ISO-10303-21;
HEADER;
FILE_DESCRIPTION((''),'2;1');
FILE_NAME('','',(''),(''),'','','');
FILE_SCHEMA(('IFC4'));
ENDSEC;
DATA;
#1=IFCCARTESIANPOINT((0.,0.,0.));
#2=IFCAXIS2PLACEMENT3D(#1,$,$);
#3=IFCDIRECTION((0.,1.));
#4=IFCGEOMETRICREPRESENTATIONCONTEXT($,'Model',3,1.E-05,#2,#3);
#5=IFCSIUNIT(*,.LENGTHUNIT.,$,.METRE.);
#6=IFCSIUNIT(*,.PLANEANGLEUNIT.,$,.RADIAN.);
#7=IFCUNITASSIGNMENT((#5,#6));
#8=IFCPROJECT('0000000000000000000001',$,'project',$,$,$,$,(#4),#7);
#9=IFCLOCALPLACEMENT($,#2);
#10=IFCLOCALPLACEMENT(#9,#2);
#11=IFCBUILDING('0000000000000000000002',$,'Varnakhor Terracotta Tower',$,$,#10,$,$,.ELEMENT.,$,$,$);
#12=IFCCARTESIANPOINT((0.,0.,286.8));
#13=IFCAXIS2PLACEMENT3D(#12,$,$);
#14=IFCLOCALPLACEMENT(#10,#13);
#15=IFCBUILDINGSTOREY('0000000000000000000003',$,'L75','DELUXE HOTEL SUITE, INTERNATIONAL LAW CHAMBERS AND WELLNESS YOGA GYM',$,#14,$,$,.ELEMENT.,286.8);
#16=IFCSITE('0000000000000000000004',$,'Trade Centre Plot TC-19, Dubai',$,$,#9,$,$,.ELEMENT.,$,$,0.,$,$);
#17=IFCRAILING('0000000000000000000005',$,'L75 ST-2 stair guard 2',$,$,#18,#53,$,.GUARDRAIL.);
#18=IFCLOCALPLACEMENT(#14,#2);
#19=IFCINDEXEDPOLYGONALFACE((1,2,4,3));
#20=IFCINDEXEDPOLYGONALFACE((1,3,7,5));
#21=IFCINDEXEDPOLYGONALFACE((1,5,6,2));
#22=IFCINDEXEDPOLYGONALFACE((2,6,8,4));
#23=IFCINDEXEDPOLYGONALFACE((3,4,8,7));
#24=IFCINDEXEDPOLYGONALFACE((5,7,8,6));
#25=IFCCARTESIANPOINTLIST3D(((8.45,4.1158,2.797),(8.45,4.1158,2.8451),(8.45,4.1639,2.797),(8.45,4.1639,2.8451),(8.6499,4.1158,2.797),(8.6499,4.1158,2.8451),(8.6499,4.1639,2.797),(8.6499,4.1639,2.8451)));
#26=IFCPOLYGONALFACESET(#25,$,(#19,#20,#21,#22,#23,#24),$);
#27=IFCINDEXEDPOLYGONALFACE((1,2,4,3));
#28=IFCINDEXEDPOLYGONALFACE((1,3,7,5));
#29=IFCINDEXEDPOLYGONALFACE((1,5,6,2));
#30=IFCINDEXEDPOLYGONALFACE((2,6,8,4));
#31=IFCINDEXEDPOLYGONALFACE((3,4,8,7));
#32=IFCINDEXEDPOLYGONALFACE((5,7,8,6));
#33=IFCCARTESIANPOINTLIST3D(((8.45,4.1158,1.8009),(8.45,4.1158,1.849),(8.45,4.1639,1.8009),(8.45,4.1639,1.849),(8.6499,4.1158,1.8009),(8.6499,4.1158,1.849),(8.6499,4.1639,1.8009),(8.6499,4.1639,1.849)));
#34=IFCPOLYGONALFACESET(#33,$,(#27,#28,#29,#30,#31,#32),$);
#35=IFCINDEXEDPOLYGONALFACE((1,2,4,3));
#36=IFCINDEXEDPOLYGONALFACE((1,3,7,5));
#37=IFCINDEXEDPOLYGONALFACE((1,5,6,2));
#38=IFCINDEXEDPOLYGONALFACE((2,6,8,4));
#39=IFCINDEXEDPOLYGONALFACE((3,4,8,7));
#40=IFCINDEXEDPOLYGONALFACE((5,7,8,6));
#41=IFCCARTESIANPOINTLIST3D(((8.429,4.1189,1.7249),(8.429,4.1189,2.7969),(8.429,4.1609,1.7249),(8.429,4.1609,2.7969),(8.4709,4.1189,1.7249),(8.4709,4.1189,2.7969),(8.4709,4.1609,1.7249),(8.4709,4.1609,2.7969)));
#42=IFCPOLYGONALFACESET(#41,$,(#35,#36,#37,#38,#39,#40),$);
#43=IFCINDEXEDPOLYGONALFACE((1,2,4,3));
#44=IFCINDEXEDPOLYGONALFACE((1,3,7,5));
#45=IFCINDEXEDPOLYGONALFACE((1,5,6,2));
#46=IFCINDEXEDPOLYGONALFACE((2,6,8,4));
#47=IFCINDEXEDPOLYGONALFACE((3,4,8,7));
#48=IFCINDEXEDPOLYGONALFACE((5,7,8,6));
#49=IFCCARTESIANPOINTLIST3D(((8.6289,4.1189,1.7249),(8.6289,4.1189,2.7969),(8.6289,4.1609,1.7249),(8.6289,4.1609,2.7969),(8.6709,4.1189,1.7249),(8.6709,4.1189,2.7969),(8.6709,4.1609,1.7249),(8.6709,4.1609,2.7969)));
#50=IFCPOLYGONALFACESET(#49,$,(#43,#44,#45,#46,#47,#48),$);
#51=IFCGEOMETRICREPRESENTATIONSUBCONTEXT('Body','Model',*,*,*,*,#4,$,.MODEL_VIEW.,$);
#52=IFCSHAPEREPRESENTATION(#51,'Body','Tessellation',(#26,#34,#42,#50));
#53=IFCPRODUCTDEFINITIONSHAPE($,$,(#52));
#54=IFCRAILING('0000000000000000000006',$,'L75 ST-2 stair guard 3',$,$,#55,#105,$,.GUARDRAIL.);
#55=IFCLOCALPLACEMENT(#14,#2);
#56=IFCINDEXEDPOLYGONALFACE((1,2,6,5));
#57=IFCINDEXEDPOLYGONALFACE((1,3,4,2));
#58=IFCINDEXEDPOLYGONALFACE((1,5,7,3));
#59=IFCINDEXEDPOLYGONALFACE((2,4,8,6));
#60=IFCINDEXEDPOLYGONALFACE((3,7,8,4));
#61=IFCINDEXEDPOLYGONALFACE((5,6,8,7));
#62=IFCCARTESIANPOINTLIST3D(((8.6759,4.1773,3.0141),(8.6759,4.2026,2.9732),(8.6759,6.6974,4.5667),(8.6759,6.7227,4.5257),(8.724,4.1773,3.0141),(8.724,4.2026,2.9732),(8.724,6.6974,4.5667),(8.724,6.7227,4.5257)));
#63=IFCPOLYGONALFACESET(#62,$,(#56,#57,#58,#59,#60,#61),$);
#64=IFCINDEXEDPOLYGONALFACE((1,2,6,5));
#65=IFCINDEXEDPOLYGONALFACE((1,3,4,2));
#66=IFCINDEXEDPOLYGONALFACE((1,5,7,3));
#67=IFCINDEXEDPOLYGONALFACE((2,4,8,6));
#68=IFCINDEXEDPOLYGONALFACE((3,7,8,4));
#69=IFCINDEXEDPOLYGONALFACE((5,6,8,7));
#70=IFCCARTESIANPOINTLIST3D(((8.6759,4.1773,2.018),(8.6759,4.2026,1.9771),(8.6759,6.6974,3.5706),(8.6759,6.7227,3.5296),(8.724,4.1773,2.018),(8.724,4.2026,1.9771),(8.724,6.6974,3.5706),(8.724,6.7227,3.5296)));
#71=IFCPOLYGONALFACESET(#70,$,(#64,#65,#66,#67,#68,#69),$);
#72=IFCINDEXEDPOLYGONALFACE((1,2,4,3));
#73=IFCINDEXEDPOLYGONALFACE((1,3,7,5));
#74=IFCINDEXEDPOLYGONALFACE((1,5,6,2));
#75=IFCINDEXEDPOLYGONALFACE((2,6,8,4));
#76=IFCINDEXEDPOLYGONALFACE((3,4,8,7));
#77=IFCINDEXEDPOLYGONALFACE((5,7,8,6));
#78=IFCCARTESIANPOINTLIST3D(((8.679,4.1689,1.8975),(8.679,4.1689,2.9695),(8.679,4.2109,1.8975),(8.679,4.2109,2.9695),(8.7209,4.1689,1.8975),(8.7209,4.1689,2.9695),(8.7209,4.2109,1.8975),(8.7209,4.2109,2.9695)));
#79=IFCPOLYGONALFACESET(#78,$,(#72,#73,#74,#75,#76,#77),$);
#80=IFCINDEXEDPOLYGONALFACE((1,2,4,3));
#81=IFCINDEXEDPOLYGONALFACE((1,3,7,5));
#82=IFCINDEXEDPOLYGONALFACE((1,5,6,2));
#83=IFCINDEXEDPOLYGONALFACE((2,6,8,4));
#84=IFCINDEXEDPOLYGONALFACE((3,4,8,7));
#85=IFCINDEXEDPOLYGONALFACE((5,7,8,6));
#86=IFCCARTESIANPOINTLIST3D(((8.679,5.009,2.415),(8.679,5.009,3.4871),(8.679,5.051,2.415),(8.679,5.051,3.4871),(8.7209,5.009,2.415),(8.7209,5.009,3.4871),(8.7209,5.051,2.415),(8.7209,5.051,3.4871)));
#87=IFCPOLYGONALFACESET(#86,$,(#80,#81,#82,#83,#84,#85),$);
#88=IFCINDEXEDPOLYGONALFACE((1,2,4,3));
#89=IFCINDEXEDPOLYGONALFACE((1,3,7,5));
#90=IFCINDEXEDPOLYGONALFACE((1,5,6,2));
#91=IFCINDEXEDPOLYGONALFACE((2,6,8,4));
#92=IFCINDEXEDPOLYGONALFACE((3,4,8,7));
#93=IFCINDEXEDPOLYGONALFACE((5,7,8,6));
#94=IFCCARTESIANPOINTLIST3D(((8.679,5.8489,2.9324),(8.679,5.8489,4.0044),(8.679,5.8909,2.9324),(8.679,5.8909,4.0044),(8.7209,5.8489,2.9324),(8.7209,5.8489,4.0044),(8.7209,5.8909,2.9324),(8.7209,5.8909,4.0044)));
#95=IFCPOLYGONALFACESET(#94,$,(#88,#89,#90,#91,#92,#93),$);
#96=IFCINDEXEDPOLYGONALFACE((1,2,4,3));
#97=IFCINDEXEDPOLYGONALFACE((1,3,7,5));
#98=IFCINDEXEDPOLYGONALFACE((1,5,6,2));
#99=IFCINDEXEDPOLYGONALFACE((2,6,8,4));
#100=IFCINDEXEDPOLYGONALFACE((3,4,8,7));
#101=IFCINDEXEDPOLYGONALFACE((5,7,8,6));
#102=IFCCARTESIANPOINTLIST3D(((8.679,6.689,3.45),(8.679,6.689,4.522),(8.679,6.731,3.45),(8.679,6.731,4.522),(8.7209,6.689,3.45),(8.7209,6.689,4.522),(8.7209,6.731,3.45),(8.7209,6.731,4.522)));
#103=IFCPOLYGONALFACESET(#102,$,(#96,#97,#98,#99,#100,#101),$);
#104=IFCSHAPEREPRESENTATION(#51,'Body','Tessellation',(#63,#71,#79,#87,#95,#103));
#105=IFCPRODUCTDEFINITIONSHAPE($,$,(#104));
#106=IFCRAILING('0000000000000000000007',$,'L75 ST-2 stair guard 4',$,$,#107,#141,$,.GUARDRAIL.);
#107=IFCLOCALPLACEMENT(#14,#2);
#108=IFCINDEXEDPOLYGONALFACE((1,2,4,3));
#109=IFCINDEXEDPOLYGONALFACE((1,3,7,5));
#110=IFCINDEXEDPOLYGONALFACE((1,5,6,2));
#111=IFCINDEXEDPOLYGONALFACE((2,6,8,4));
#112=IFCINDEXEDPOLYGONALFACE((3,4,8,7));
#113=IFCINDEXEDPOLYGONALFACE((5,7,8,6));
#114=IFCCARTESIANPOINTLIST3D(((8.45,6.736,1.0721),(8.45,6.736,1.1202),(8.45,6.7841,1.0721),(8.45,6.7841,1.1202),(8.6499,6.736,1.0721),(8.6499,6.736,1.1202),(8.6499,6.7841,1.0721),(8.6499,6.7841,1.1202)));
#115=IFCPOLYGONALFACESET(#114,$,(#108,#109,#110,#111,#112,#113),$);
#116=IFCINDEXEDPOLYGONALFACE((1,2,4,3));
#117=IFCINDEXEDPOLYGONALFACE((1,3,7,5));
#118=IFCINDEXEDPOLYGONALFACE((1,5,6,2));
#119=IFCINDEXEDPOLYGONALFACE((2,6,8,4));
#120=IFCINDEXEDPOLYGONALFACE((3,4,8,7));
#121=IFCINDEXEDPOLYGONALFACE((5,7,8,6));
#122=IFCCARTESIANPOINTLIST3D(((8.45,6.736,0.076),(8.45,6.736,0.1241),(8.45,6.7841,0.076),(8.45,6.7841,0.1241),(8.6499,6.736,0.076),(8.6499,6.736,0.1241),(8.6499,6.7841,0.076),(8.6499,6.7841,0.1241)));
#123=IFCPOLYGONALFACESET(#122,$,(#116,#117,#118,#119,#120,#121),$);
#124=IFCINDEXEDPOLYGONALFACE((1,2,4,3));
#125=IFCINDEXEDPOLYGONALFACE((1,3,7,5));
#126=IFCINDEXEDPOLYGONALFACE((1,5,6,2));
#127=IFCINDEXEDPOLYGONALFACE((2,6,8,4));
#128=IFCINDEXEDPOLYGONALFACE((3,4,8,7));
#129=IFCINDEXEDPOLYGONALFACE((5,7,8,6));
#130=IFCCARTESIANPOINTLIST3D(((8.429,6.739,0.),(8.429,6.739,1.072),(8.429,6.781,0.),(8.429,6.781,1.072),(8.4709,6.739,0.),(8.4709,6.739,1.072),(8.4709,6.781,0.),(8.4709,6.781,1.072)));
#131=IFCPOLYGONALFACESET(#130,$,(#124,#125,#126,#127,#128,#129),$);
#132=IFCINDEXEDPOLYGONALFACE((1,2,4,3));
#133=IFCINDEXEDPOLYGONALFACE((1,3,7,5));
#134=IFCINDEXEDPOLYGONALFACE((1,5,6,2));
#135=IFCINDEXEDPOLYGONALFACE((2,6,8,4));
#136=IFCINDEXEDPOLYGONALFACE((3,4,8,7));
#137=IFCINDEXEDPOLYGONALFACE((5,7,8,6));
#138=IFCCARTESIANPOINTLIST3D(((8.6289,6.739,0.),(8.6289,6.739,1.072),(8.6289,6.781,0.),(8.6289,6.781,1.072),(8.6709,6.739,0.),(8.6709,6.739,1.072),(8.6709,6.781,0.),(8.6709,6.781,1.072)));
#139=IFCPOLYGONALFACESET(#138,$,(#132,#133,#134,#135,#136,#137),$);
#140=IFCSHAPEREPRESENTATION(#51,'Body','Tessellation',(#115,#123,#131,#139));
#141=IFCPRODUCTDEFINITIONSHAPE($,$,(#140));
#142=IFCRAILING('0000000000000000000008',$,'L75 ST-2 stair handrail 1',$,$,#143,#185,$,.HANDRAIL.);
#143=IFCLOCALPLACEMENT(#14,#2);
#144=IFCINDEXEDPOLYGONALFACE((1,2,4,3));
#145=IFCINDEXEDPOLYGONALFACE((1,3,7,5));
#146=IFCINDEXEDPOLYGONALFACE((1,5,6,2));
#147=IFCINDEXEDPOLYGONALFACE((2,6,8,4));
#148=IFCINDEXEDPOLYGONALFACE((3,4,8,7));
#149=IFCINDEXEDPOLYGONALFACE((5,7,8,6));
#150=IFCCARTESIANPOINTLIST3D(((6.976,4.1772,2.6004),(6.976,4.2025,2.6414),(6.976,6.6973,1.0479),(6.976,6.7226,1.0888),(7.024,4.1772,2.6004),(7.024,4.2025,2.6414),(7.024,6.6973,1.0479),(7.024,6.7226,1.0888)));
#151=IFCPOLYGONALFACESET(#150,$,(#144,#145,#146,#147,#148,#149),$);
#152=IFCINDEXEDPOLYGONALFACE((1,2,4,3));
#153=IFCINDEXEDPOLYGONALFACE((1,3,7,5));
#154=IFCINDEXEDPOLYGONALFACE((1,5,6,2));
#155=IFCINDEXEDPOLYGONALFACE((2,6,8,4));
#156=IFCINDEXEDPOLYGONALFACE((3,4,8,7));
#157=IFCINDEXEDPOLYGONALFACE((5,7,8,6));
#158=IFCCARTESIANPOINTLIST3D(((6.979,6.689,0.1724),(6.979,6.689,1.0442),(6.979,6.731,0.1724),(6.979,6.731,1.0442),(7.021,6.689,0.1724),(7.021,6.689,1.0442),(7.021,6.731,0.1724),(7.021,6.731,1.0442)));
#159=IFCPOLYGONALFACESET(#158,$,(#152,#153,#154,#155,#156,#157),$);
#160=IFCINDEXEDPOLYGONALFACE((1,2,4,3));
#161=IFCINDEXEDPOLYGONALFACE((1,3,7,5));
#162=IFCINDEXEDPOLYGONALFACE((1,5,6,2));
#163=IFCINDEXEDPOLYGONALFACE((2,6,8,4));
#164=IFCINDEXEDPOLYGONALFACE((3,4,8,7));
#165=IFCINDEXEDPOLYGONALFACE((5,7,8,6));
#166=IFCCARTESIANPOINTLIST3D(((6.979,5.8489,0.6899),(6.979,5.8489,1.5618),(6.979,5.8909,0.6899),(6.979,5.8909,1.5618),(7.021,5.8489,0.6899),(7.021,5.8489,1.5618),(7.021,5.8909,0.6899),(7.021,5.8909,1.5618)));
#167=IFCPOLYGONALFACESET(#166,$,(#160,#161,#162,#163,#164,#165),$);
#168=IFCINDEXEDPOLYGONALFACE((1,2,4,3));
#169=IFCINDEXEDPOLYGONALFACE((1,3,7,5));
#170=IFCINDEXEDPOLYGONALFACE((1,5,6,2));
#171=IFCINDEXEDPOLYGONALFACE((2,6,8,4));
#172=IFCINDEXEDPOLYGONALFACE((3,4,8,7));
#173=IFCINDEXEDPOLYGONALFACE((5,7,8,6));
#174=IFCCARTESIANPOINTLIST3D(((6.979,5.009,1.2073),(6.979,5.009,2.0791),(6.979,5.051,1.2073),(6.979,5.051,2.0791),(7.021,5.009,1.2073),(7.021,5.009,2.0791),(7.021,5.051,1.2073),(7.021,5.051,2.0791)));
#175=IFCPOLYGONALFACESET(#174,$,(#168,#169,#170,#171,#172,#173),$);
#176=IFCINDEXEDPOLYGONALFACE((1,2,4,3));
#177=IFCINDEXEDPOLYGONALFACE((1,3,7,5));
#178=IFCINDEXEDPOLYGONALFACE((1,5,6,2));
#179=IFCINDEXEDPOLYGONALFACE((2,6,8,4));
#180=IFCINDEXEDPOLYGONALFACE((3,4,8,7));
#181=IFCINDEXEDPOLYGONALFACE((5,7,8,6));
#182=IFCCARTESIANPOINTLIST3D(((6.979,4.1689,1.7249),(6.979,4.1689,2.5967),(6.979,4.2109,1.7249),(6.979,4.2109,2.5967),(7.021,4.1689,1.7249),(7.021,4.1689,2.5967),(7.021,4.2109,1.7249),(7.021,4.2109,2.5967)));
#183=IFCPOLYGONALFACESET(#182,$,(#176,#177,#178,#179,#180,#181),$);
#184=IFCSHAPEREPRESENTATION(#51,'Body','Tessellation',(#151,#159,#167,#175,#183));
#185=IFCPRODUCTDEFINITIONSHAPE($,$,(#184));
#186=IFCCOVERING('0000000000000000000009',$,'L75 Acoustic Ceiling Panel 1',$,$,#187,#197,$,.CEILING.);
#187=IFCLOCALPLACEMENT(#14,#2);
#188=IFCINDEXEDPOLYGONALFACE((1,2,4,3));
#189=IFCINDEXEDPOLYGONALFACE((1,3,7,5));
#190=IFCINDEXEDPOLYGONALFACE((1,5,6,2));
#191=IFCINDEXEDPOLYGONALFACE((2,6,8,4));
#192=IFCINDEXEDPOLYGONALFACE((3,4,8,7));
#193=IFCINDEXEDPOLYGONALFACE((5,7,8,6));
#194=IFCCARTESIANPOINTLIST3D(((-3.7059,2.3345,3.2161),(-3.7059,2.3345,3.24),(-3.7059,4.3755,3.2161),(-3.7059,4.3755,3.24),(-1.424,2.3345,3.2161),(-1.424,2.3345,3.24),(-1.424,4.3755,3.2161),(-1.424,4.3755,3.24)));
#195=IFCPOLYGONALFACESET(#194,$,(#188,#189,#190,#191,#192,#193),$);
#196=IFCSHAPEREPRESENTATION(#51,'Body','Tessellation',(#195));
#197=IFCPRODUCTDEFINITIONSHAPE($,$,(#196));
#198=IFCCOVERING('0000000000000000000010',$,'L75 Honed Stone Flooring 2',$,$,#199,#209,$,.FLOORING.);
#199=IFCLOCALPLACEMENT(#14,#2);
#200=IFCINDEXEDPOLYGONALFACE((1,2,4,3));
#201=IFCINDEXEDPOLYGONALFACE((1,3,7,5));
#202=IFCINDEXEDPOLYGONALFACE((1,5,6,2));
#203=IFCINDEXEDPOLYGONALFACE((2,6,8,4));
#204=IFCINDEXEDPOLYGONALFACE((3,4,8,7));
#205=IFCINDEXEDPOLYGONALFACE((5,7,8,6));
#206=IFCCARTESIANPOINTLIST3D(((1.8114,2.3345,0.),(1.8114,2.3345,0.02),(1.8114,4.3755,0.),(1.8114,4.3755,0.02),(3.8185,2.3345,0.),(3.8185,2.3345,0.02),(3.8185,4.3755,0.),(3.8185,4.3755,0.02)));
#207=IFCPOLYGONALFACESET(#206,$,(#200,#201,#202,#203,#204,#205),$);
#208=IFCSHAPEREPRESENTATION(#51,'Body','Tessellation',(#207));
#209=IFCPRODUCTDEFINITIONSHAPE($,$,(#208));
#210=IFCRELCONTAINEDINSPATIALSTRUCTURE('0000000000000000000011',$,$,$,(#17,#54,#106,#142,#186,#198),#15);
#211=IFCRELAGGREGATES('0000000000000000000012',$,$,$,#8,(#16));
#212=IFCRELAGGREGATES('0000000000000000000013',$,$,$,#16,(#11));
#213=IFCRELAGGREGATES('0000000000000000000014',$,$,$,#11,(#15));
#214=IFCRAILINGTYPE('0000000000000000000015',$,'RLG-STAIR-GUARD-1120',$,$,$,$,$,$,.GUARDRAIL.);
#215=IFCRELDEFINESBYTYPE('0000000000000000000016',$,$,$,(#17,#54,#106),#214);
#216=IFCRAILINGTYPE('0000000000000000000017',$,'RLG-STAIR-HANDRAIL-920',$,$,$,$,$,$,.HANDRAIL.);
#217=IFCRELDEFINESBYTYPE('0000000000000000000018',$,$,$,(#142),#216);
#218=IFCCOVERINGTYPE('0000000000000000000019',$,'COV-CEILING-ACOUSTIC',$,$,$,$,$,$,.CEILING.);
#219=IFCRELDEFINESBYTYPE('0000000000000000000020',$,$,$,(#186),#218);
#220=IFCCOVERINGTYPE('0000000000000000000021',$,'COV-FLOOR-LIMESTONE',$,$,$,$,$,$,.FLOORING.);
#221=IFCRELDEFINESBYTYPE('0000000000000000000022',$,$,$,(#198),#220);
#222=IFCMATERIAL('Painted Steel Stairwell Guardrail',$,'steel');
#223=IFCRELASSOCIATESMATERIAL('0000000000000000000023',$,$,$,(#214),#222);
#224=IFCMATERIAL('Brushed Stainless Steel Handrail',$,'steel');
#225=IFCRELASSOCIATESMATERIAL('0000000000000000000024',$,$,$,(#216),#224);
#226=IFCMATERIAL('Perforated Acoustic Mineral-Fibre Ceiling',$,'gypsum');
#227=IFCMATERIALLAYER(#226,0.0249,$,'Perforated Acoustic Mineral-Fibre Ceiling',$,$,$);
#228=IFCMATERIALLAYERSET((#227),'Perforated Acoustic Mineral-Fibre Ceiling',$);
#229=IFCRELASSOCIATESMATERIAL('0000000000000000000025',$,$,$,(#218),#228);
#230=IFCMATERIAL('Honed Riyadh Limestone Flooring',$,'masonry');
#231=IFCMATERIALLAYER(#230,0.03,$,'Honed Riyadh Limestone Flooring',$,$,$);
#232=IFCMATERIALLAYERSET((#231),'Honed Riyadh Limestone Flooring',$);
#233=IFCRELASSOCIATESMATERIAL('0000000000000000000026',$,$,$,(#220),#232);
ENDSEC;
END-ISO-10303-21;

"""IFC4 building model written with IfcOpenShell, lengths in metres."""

from ifc_helpers import new_model, si_unit, direction, frame, origin, origin_2d, place, context, subcontext, project, spatial, rectangle, extrude, source, transform, mapped, material, layer, layer_set, type_object, element, save


model = new_model("IFC4")

# Units and contexts
model_context = context("Model", 3, precision=1e-05, world=origin(), true_north=direction((0.0, 1.0)))
body_context = subcontext(model_context, "Body", "Model", "MODEL_VIEW")
ifc_project = project(units=[si_unit("LENGTHUNIT", "METRE"), si_unit("PLANEANGLEUNIT", "RADIAN")], contexts=[model_context])

# Site, building, storey
site_placement = place(None, origin())
site = spatial("IfcSite", under=ifc_project, at=site_placement, Name="Trade Centre Plot TC-19, Dubai", CompositionType="ELEMENT", RefElevation=0.0)
building_placement = place(site_placement, origin())
building = spatial("IfcBuilding", under=site, at=building_placement, Name="Varnakhor Terracotta Tower", CompositionType="ELEMENT")
storey_placement = place(building_placement, frame((0.0, 0.0, 286.8)))
storey = spatial("IfcBuildingStorey", under=building, at=storey_placement, Name="L75", Description="DELUXE HOTEL SUITE, INTERNATIONAL LAW CHAMBERS AND WELLNESS YOGA GYM", CompositionType="ELEMENT", Elevation=286.8)

# Railings
ifc_material_1 = material(Name="Painted Steel Stairwell Guardrail", Category="steel")
railing_type_1 = type_object("IfcRailingType", Name="RLG-STAIR-GUARD-1120", PredefinedType="GUARDRAIL", material=ifc_material_1)
railing_1_placement = place(storey_placement, frame((8.45, 4.1399, 1.7249)))
element("IfcRailing", 1, at=railing_1_placement, inside=storey, type_object=railing_type_1, Name="L75 ST-2 stair guard 2", PredefinedType="GUARDRAIL", context=body_context, shape_type="SweptSolid", body=[
    extrude(rectangle(XDim=0.0481, YDim=0.0481, at=origin_2d()), frame((0.0, 0.0, 1.0962), z_axis=(1.0, 0.0, 0.0), x_axis=(0.0, 1.0, 0.0)), (0.0, 0.0, 1.0), 0.2),
    extrude(rectangle(XDim=0.0481, YDim=0.0481, at=origin_2d()), frame((0.0, 0.0, 0.1001), z_axis=(1.0, 0.0, 0.0), x_axis=(0.0, 1.0, 0.0)), (0.0, 0.0, 1.0), 0.2),
    extrude(rectangle(XDim=0.042, YDim=0.042, at=origin_2d()), origin(), (0.0, 0.0, 1.0), 1.072),
    extrude(rectangle(XDim=0.042, YDim=0.042, at=origin_2d()), frame((0.2, 0.0, 0.0)), (0.0, 0.0, 1.0), 1.072),
])
railing_2_placement = place(storey_placement, frame((8.7, 4.1899, 1.8975)))
element("IfcRailing", 2, at=railing_2_placement, inside=storey, type_object=railing_type_1, Name="L75 ST-2 stair guard 3", PredefinedType="GUARDRAIL", context=body_context, shape_type="SweptSolid", body=[
    extrude(rectangle(XDim=0.0481, YDim=0.0481, at=origin_2d()), frame((0.0, 0.0, 1.0962), z_axis=(0.0, 0.8514, 0.524516), x_axis=(-1.0, 0.0, 0.0)), (0.0, 0.0, 1.0), 2.96),
    extrude(rectangle(XDim=0.0481, YDim=0.0481, at=origin_2d()), frame((0.0, 0.0, 0.1001), z_axis=(0.0, 0.8514, 0.524516), x_axis=(-1.0, 0.0, 0.0)), (0.0, 0.0, 1.0), 2.96),
    extrude(rectangle(XDim=0.042, YDim=0.042, at=origin_2d()), origin(), (0.0, 0.0, 1.0), 1.072),
    extrude(rectangle(XDim=0.042, YDim=0.042, at=origin_2d()), frame((0.0, 0.8401, 0.5176)), (0.0, 0.0, 1.0), 1.072),
    extrude(rectangle(XDim=0.042, YDim=0.042, at=origin_2d()), frame((0.0, 1.6799, 1.0349)), (0.0, 0.0, 1.0), 1.072),
    extrude(rectangle(XDim=0.042, YDim=0.042, at=origin_2d()), frame((0.0, 2.52, 1.5525)), (0.0, 0.0, 1.0), 1.072),
])
railing_3_placement = place(storey_placement, frame((8.45, 6.76, 0.0)))
element("IfcRailing", 3, at=railing_3_placement, inside=storey, type_object=railing_type_1, Name="L75 ST-2 stair guard 4", PredefinedType="GUARDRAIL", context=body_context, shape_type="SweptSolid", body=[
    extrude(rectangle(XDim=0.0481, YDim=0.0481, at=origin_2d()), frame((0.0, 0.0, 1.0962), z_axis=(1.0, 0.0, 0.0), x_axis=(0.0, 1.0, 0.0)), (0.0, 0.0, 1.0), 0.2),
    extrude(rectangle(XDim=0.0481, YDim=0.0481, at=origin_2d()), frame((0.0, 0.0, 0.1001), z_axis=(1.0, 0.0, 0.0), x_axis=(0.0, 1.0, 0.0)), (0.0, 0.0, 1.0), 0.2),
    extrude(rectangle(XDim=0.042, YDim=0.042, at=origin_2d()), origin(), (0.0, 0.0, 1.0), 1.072),
    extrude(rectangle(XDim=0.042, YDim=0.042, at=origin_2d()), frame((0.2, 0.0, 0.0)), (0.0, 0.0, 1.0), 1.072),
])
ifc_material_2 = material(Name="Brushed Stainless Steel Handrail", Category="steel")
railing_type_2 = type_object("IfcRailingType", Name="RLG-STAIR-HANDRAIL-920", PredefinedType="HANDRAIL", material=ifc_material_2)
railing_4_placement = place(storey_placement, frame((7.0, 6.71, 0.1724)))
element("IfcRailing", 4, at=railing_4_placement, inside=storey, type_object=railing_type_2, Name="L75 ST-2 stair handrail 1", PredefinedType="HANDRAIL", context=body_context, shape_type="SweptSolid", body=[
    extrude(rectangle(XDim=0.0481, YDim=0.0481, at=origin_2d()), frame((0.0, 0.0, 0.896), z_axis=(0.0, -0.8514, 0.524516), x_axis=(1.0, 0.0, 0.0)), (0.0, 0.0, 1.0), 2.96),
    extrude(rectangle(XDim=0.042, YDim=0.042, at=origin_2d()), origin(), (0.0, 0.0, 1.0), 0.8718),
    extrude(rectangle(XDim=0.042, YDim=0.042, at=origin_2d()), frame((0.0, -0.8401, 0.5176)), (0.0, 0.0, 1.0), 0.8718),
    extrude(rectangle(XDim=0.042, YDim=0.042, at=origin_2d()), frame((0.0, -1.6799, 1.0349)), (0.0, 0.0, 1.0), 0.8718),
    extrude(rectangle(XDim=0.042, YDim=0.042, at=origin_2d()), frame((0.0, -2.52, 1.5525)), (0.0, 0.0, 1.0), 0.8718),
])

# Coverings
ifc_material_3 = material(Name="Perforated Acoustic Mineral-Fibre Ceiling", Category="gypsum")
ifc_layer_1 = layer(ifc_material_3, 0.0249, Name="Perforated Acoustic Mineral-Fibre Ceiling")
ifc_layer_set_1 = layer_set([ifc_layer_1], Name="Perforated Acoustic Mineral-Fibre Ceiling")
covering_type_1 = type_object("IfcCoveringType", Name="COV-CEILING-ACOUSTIC", PredefinedType="CEILING", material=ifc_layer_set_1)
shared_shape_1 = source(origin(), body_context, "Body", "SweptSolid", [
    extrude(rectangle(XDim=2.282, YDim=2.041, at=origin_2d()), origin(), (0.0, 0.0, 1.0), 0.0239),
])
covering_1_placement = place(storey_placement, frame((-2.5649, 3.355, 3.2161), z_axis=(0.0, 0.0, 1.0), x_axis=(1.0, 0.0, 0.0)))
element("IfcCovering", 5, at=covering_1_placement, inside=storey, type_object=covering_type_1, Name="L75 Acoustic Ceiling Panel 1", PredefinedType="CEILING", context=body_context, shape_type="MappedRepresentation", body=[
    mapped(shared_shape_1, transform((0.0, 0.0, 0.0), scale=1.0)),
])
ifc_material_4 = material(Name="Honed Riyadh Limestone Flooring", Category="masonry")
ifc_layer_2 = layer(ifc_material_4, 0.03, Name="Honed Riyadh Limestone Flooring")
ifc_layer_set_2 = layer_set([ifc_layer_2], Name="Honed Riyadh Limestone Flooring")
covering_type_2 = type_object("IfcCoveringType", Name="COV-FLOOR-LIMESTONE", PredefinedType="FLOORING", material=ifc_layer_set_2)
shared_shape_2 = source(origin(), body_context, "Body", "SweptSolid", [
    extrude(rectangle(XDim=2.0071, YDim=2.041, at=origin_2d()), origin(), (0.0, 0.0, 1.0), 0.02),
])
covering_2_placement = place(storey_placement, frame((2.8149, 3.355, 0.0), z_axis=(0.0, 0.0, 1.0), x_axis=(1.0, 0.0, 0.0)))
element("IfcCovering", 6, at=covering_2_placement, inside=storey, type_object=covering_type_2, Name="L75 Honed Stone Flooring 2", PredefinedType="FLOORING", context=body_context, shape_type="MappedRepresentation", body=[
    mapped(shared_shape_2, transform((0.0, 0.0, 0.0), scale=1.0)),
])

save(model, "model.ifc")
